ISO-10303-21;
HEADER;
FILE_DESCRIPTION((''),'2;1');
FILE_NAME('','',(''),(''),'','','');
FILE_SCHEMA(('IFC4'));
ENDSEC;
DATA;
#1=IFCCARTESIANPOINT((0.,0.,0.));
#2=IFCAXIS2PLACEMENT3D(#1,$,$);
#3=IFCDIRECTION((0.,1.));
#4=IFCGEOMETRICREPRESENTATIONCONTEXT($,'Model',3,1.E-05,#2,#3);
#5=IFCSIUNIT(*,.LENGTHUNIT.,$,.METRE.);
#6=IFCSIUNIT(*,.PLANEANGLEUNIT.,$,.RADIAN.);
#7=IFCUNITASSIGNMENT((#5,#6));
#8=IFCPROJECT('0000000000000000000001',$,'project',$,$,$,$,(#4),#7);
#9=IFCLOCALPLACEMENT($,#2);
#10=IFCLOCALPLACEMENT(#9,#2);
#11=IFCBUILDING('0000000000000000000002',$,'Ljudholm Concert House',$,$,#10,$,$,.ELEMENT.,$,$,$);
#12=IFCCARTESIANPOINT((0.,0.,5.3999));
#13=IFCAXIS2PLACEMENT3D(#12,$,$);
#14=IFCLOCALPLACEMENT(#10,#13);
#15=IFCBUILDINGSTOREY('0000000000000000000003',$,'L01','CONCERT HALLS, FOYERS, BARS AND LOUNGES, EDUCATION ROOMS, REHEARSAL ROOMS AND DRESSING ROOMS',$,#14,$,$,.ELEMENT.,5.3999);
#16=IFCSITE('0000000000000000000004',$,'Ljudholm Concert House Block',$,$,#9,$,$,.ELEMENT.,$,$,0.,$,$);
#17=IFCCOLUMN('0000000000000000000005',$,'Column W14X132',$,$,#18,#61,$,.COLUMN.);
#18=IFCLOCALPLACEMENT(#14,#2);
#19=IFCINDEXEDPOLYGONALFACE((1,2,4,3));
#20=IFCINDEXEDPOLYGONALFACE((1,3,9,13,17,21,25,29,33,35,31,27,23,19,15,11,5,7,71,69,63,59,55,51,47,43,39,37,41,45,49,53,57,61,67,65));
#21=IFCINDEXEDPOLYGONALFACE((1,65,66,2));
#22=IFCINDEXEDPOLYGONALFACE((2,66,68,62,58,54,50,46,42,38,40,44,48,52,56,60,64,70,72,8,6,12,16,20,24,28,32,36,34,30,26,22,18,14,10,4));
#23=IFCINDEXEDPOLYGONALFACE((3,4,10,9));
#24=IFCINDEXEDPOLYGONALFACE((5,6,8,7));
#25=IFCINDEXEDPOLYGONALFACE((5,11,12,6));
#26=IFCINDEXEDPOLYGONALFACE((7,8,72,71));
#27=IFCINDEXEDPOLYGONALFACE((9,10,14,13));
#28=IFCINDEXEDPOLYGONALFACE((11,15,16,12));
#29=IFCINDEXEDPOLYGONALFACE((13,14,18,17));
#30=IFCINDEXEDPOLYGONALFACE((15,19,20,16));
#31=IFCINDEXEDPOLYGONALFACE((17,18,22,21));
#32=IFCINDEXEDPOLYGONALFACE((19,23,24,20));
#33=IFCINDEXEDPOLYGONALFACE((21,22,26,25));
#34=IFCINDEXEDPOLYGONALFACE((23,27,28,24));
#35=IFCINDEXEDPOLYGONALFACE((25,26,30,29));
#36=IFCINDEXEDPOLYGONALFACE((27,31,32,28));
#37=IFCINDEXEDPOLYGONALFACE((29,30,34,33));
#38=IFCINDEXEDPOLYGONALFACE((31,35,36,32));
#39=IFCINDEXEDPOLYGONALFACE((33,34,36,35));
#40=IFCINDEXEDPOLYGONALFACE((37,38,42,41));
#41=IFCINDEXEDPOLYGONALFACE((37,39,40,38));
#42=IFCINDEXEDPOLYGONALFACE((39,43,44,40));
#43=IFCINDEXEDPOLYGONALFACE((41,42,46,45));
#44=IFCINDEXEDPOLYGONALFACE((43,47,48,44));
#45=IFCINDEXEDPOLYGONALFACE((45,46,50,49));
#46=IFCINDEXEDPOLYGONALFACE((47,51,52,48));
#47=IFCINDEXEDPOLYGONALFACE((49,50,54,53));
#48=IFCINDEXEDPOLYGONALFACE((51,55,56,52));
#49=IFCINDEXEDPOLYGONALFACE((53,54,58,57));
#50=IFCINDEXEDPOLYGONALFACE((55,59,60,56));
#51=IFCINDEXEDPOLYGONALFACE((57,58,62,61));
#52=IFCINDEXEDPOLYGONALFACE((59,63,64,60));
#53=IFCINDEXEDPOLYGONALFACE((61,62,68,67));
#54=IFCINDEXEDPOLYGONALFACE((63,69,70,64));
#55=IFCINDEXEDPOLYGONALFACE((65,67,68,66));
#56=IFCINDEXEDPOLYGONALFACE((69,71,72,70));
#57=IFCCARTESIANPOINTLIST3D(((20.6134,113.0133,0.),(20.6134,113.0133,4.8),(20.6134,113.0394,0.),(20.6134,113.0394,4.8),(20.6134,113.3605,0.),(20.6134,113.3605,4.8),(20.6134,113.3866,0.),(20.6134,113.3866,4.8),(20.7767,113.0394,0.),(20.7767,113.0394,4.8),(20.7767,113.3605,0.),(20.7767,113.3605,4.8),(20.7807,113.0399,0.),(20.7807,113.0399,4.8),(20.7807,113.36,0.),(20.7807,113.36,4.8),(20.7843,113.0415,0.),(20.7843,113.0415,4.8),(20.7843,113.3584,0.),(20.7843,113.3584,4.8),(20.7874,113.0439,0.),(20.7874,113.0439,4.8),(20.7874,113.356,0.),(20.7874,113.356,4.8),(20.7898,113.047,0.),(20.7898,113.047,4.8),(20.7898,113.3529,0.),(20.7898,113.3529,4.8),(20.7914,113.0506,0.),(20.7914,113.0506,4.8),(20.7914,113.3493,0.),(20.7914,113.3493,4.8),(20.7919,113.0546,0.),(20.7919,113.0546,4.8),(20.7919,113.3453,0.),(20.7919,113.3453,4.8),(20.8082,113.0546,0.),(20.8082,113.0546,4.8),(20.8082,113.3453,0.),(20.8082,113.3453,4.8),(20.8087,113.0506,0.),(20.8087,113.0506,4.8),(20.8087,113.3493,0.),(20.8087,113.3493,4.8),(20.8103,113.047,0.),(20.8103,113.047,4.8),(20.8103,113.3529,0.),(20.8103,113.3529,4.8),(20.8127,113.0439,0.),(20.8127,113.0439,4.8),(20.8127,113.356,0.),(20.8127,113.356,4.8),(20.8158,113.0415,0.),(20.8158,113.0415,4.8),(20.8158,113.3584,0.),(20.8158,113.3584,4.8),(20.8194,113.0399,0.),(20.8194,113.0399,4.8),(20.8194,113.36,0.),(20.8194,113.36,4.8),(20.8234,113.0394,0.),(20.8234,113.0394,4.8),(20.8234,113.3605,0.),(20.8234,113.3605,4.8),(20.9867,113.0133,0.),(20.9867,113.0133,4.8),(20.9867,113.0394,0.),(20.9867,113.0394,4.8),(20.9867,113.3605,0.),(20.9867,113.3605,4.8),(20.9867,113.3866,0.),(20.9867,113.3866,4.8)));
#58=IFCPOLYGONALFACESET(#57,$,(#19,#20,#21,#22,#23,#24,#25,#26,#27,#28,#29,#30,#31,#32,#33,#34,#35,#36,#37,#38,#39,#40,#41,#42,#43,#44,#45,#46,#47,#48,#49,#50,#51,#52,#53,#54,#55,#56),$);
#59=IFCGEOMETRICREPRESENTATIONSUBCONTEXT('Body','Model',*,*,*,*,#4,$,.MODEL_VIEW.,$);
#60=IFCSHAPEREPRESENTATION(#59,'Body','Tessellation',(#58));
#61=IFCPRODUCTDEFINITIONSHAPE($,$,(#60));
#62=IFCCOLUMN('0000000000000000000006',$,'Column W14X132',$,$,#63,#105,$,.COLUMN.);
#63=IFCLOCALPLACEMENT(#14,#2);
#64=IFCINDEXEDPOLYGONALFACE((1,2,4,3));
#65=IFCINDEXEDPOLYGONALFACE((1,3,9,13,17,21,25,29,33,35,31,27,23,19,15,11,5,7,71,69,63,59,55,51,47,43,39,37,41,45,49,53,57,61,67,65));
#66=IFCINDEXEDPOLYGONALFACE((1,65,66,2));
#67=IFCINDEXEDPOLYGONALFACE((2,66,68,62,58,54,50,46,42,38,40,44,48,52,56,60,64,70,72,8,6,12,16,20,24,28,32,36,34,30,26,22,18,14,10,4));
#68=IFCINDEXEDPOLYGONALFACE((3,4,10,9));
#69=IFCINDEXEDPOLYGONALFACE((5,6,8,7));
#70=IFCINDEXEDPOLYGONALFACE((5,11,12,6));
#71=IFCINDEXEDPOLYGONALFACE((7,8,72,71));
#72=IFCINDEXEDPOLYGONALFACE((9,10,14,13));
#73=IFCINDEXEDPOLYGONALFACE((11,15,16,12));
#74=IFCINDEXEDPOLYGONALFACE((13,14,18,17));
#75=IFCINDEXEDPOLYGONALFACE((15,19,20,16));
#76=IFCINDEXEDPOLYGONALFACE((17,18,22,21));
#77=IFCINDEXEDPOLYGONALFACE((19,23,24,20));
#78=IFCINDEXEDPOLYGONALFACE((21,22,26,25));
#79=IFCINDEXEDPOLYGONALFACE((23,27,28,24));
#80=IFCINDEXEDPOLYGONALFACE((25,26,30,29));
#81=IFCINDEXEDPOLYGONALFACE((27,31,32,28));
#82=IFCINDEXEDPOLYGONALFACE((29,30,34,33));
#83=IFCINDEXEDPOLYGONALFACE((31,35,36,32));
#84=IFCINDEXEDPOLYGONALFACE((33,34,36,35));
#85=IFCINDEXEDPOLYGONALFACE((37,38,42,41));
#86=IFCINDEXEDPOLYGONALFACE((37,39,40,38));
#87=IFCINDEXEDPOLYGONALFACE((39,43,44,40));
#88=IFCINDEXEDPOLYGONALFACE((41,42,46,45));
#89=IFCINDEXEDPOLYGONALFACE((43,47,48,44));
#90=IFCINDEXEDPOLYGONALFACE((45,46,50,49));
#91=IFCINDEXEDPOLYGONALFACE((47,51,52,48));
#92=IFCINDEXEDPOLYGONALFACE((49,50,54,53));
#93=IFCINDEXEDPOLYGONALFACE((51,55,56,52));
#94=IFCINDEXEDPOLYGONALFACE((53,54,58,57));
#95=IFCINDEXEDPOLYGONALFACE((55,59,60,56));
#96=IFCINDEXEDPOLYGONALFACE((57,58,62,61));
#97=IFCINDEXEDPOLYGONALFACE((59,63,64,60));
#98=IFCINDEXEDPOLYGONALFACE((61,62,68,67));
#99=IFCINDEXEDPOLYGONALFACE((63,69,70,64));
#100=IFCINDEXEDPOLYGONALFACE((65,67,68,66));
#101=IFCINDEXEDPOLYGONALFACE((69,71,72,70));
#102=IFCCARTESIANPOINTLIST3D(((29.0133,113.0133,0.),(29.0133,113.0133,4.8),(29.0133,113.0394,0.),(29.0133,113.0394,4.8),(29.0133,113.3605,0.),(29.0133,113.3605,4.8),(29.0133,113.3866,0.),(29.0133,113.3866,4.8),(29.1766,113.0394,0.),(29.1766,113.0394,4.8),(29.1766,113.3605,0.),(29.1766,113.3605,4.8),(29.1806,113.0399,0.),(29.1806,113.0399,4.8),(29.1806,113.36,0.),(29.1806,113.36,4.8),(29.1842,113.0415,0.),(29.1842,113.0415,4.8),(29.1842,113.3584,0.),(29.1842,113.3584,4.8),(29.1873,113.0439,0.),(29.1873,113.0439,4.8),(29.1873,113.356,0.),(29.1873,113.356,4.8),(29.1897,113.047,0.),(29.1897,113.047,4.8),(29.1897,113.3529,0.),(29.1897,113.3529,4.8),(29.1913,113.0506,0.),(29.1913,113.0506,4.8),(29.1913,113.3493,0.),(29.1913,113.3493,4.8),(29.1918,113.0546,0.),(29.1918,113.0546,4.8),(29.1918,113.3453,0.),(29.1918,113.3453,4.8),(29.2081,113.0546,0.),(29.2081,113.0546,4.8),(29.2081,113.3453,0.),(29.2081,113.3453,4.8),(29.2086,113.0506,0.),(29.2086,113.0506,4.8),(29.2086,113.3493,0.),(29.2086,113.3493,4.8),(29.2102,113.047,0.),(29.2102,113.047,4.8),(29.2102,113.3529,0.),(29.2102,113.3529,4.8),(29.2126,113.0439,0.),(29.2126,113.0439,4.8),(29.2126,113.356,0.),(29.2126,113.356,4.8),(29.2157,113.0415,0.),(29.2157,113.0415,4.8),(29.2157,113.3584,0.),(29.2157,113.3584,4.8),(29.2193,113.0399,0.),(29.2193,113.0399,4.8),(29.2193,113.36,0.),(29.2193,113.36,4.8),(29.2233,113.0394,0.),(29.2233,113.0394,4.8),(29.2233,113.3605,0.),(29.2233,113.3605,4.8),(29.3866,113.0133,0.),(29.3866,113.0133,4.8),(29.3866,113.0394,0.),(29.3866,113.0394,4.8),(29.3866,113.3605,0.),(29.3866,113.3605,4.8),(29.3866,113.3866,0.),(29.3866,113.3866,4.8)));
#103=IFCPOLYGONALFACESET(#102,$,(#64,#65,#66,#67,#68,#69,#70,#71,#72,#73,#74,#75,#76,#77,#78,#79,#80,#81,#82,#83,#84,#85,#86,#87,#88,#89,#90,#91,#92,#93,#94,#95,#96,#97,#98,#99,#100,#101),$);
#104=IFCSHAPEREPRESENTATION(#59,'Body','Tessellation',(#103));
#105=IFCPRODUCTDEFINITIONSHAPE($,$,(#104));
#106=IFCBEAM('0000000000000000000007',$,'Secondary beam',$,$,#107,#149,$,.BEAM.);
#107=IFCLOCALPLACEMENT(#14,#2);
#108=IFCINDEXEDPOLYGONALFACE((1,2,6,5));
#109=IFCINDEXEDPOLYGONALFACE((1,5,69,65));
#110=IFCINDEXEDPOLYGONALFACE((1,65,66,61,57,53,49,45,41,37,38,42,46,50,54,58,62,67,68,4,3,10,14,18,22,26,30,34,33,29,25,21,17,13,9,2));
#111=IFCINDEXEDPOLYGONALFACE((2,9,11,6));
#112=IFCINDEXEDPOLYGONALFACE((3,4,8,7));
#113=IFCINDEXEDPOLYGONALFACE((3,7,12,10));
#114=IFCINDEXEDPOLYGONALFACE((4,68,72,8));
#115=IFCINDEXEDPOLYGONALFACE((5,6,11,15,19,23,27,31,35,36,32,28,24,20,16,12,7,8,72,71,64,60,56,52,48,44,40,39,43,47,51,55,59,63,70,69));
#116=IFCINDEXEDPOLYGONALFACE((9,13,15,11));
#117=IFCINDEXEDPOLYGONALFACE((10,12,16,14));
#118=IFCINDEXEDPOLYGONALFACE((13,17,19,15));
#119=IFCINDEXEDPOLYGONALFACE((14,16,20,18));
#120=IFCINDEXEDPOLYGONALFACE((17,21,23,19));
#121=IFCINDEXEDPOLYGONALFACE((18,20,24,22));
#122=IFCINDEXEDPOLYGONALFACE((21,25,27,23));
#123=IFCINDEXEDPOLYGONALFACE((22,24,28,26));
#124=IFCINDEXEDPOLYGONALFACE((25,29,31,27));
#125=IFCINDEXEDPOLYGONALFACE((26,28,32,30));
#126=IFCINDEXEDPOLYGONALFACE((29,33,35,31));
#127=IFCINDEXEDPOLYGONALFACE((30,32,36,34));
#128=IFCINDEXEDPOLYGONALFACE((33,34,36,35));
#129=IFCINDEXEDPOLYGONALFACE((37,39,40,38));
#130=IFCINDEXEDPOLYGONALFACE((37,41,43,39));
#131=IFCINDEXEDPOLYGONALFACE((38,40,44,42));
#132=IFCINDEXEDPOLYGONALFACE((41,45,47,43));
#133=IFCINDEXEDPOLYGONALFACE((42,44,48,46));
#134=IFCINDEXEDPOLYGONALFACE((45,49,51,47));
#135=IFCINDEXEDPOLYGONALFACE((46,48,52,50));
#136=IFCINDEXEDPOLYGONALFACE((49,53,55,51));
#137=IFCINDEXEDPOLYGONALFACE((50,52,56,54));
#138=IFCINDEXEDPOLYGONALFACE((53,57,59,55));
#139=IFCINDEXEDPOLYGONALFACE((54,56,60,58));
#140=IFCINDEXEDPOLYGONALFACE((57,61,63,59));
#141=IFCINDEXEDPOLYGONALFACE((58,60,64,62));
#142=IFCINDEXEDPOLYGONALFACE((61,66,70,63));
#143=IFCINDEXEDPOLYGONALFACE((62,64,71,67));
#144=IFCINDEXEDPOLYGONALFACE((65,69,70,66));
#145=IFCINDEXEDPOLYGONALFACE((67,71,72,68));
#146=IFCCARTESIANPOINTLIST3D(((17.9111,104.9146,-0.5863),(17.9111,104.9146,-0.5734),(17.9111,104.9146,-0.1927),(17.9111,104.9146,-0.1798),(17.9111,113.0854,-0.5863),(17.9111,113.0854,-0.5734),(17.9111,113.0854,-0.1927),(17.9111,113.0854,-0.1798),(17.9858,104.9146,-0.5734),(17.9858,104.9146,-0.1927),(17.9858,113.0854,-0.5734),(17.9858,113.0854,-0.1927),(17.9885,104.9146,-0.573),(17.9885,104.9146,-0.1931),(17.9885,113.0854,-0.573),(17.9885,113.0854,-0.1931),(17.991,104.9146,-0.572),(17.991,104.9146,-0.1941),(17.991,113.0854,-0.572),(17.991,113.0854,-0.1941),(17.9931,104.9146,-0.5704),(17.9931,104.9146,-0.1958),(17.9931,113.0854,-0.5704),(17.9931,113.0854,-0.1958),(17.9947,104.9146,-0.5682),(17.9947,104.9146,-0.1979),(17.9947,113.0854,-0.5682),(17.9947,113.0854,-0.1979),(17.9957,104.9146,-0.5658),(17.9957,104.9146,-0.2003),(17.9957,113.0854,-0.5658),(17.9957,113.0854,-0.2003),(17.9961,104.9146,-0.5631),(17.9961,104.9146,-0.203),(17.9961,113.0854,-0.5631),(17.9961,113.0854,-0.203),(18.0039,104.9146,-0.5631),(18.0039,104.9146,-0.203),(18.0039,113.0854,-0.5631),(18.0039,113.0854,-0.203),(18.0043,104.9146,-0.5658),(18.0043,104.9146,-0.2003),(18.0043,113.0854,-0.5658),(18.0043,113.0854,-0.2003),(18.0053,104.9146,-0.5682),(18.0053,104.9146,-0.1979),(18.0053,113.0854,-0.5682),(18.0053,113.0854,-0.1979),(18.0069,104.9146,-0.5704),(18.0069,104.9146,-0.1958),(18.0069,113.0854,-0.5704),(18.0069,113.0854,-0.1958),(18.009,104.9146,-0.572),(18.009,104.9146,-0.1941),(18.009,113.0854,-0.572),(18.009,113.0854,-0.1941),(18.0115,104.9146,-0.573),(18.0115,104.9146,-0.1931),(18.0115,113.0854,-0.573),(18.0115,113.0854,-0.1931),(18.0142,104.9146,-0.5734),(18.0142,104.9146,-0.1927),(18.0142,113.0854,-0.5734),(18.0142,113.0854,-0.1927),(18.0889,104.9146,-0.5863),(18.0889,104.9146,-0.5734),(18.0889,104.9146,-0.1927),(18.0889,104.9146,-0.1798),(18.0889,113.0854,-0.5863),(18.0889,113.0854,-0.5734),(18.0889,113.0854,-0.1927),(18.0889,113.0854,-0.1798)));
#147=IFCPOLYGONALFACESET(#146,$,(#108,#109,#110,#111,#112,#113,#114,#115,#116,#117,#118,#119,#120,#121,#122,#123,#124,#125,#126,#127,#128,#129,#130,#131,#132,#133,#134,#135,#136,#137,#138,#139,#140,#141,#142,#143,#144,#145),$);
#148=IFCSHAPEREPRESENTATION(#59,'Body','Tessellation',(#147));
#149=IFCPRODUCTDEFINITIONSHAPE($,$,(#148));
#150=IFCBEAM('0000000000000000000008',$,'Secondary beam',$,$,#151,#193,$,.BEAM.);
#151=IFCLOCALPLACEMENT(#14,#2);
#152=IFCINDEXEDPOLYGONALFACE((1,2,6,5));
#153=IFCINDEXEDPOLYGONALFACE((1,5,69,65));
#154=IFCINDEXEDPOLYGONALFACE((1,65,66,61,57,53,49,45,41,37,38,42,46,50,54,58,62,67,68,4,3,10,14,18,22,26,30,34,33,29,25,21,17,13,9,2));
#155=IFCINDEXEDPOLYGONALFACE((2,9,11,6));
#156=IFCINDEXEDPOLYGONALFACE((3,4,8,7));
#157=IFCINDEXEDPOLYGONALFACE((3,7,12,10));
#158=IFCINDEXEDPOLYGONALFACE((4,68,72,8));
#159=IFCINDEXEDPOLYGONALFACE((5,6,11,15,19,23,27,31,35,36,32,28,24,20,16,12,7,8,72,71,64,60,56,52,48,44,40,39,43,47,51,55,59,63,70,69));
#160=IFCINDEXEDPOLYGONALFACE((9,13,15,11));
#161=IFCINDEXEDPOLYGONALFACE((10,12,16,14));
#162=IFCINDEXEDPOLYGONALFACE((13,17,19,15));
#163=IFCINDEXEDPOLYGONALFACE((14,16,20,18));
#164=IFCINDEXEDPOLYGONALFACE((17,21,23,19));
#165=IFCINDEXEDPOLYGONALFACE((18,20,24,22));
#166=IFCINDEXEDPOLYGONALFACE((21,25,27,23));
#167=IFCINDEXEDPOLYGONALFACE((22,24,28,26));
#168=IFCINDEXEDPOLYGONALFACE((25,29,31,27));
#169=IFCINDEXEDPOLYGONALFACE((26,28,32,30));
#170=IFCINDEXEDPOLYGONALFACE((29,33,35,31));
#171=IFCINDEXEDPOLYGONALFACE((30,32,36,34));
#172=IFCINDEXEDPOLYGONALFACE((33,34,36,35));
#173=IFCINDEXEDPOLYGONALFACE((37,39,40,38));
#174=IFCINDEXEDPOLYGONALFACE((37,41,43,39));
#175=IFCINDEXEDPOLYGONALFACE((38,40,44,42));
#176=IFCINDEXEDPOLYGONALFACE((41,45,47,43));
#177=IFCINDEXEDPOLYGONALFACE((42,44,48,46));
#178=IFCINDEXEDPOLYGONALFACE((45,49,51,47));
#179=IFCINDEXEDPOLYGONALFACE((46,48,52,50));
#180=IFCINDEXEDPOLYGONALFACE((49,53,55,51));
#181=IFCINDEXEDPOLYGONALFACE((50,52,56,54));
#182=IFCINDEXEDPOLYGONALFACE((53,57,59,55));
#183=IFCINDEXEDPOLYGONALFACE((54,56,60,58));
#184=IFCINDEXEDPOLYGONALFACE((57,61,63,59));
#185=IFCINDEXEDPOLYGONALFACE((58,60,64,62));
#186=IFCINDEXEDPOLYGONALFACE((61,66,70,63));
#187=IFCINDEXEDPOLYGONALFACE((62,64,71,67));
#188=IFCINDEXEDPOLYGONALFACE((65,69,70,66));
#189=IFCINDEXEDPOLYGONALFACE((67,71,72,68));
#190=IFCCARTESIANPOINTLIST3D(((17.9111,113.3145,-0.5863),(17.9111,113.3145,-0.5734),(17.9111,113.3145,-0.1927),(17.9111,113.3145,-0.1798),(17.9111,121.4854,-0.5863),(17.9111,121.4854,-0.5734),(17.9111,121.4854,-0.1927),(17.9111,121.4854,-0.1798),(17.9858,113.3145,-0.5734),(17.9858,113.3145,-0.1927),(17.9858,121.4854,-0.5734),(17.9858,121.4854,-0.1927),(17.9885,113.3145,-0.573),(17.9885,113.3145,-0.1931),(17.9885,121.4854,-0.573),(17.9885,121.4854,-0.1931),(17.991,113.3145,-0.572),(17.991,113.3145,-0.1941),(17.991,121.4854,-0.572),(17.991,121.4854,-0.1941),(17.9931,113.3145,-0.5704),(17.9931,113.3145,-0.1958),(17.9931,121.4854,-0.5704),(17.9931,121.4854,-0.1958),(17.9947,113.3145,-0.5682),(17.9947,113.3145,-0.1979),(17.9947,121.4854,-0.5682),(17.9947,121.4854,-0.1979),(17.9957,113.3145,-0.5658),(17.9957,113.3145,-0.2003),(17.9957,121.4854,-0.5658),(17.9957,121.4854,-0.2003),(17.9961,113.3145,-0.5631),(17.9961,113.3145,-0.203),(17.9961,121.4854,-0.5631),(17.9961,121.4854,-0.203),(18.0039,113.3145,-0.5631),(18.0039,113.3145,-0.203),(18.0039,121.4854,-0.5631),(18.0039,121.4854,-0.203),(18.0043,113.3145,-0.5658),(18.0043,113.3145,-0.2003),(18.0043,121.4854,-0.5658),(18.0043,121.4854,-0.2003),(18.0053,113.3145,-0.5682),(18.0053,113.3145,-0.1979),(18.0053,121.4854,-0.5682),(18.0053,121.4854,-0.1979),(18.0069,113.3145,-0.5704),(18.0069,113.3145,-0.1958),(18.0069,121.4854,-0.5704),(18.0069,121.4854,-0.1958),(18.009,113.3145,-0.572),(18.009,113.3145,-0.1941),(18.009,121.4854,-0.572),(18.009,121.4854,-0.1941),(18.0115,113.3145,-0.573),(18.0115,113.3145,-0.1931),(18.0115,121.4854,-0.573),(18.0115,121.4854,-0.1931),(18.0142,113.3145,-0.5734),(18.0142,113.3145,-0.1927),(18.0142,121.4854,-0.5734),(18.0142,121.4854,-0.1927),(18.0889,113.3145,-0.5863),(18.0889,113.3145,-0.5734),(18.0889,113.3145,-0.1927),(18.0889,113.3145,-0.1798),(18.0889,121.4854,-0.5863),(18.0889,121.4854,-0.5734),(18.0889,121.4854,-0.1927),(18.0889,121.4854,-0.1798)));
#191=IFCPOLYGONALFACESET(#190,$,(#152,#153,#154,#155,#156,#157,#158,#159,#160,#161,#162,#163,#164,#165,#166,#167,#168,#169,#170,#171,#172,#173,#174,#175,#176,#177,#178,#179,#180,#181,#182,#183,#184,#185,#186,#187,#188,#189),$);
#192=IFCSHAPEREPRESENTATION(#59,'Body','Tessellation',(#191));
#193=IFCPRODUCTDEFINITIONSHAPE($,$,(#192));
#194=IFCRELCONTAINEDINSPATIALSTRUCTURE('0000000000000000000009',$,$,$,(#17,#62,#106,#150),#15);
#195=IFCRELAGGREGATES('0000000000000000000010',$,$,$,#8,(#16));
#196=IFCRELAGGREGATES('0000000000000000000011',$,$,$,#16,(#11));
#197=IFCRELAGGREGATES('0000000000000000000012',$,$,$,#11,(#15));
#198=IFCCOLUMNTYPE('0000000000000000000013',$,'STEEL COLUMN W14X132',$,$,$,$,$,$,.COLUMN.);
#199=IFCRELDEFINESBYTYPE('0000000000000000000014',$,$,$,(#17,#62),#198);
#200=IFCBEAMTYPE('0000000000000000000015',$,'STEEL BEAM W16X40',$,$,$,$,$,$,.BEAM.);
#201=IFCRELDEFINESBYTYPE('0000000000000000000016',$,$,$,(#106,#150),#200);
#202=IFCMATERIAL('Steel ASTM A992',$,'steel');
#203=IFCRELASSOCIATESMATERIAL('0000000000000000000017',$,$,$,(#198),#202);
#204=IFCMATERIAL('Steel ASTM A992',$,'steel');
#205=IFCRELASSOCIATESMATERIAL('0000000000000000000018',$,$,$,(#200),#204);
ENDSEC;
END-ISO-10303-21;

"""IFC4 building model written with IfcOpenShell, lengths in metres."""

from ifc_helpers import new_model, si_unit, direction, frame, origin, origin_2d, place, context, subcontext, project, spatial, i_section, extrude, material, material_profile, profile_set, type_object, element, save


model = new_model("IFC4")

# Units and contexts
model_context = context("Model", 3, precision=1e-05, world=origin(), true_north=direction((0.0, 1.0)))
body_context = subcontext(model_context, "Body", "Model", "MODEL_VIEW")
ifc_project = project(units=[si_unit("LENGTHUNIT", "METRE"), si_unit("PLANEANGLEUNIT", "RADIAN")], contexts=[model_context])

# Site, building, storey
site_placement = place(None, origin())
site = spatial("IfcSite", under=ifc_project, at=site_placement, Name="Ljudholm Concert House Block", CompositionType="ELEMENT", RefElevation=0.0)
building_placement = place(site_placement, origin())
building = spatial("IfcBuilding", under=site, at=building_placement, Name="Ljudholm Concert House", CompositionType="ELEMENT")
storey_placement = place(building_placement, frame((0.0, 0.0, 5.3999)))
storey = spatial("IfcBuildingStorey", under=building, at=storey_placement, Name="L01", Description="CONCERT HALLS, FOYERS, BARS AND LOUNGES, EDUCATION ROOMS, REHEARSAL ROOMS AND DRESSING ROOMS", CompositionType="ELEMENT", Elevation=5.3999)

# Columns
ifc_material_1 = material(Name="Steel ASTM A992", Category="steel")
ifc_material_profile_1 = material_profile(ifc_material_1, i_section(OverallWidth=0.3733, OverallDepth=0.3733, WebThickness=0.0164, FlangeThickness=0.0261, FilletRadius=0.0151, at=origin_2d()), Name="W14X132")
ifc_profile_set_1 = profile_set([ifc_material_profile_1], Name="Steel ASTM A992")
column_type = type_object("IfcColumnType", Name="STEEL COLUMN W14X132", PredefinedType="COLUMN", material=ifc_profile_set_1)
for number, where, z_axis, x_axis, name in (
    (1, (20.8, 113.2, 0.0), (0.0, 0.0, 1.0), (1.0, 0.0, 0.0), "Column W14X132"),
    (2, (29.2, 113.2, 0.0), (0.0, 0.0, 1.0), (1.0, 0.0, 0.0), "Column W14X132"),
):
    element("IfcColumn", number, at=place(storey_placement, frame(where, z_axis=z_axis, x_axis=x_axis)), inside=storey, type_object=column_type, Name=name, PredefinedType="COLUMN", context=body_context, shape_type="SweptSolid", body=[
        extrude(i_section(OverallWidth=0.3733, OverallDepth=0.3733, WebThickness=0.0164, FlangeThickness=0.0261, FilletRadius=0.0151, at=origin_2d()), origin(), (0.0, 0.0, 1.0), 4.8),
    ])

# Beams
ifc_material_2 = material(Name="Steel ASTM A992", Category="steel")
ifc_material_profile_2 = material_profile(ifc_material_2, i_section(OverallWidth=0.1777, OverallDepth=0.4065, WebThickness=0.0078, FlangeThickness=0.0129, FilletRadius=0.0103, at=origin_2d()), Name="W16X40")
ifc_profile_set_2 = profile_set([ifc_material_profile_2], Name="Steel ASTM A992")
beam_type_1 = type_object("IfcBeamType", Name="STEEL BEAM W16X40", PredefinedType="BEAM", material=ifc_profile_set_2)
for number, where, z_axis, x_axis, name in (
    (3, (18.0, 104.9146, -0.3831), (0.0, 1.0, 0.0), (-1.0, 0.0, 0.0), "Secondary beam"),
    (4, (18.0, 113.3145, -0.3831), (0.0, 1.0, 0.0), (-1.0, 0.0, 0.0), "Secondary beam"),
):
    element("IfcBeam", number, at=place(storey_placement, frame(where, z_axis=z_axis, x_axis=x_axis)), inside=storey, type_object=beam_type_1, Name=name, PredefinedType="BEAM", context=body_context, shape_type="SweptSolid", body=[
        extrude(i_section(OverallWidth=0.1777, OverallDepth=0.4065, WebThickness=0.0078, FlangeThickness=0.0129, FilletRadius=0.0103, at=origin_2d()), origin(), (0.0, 0.0, 1.0), 8.1709),
    ])

save(model, "model.ifc")
